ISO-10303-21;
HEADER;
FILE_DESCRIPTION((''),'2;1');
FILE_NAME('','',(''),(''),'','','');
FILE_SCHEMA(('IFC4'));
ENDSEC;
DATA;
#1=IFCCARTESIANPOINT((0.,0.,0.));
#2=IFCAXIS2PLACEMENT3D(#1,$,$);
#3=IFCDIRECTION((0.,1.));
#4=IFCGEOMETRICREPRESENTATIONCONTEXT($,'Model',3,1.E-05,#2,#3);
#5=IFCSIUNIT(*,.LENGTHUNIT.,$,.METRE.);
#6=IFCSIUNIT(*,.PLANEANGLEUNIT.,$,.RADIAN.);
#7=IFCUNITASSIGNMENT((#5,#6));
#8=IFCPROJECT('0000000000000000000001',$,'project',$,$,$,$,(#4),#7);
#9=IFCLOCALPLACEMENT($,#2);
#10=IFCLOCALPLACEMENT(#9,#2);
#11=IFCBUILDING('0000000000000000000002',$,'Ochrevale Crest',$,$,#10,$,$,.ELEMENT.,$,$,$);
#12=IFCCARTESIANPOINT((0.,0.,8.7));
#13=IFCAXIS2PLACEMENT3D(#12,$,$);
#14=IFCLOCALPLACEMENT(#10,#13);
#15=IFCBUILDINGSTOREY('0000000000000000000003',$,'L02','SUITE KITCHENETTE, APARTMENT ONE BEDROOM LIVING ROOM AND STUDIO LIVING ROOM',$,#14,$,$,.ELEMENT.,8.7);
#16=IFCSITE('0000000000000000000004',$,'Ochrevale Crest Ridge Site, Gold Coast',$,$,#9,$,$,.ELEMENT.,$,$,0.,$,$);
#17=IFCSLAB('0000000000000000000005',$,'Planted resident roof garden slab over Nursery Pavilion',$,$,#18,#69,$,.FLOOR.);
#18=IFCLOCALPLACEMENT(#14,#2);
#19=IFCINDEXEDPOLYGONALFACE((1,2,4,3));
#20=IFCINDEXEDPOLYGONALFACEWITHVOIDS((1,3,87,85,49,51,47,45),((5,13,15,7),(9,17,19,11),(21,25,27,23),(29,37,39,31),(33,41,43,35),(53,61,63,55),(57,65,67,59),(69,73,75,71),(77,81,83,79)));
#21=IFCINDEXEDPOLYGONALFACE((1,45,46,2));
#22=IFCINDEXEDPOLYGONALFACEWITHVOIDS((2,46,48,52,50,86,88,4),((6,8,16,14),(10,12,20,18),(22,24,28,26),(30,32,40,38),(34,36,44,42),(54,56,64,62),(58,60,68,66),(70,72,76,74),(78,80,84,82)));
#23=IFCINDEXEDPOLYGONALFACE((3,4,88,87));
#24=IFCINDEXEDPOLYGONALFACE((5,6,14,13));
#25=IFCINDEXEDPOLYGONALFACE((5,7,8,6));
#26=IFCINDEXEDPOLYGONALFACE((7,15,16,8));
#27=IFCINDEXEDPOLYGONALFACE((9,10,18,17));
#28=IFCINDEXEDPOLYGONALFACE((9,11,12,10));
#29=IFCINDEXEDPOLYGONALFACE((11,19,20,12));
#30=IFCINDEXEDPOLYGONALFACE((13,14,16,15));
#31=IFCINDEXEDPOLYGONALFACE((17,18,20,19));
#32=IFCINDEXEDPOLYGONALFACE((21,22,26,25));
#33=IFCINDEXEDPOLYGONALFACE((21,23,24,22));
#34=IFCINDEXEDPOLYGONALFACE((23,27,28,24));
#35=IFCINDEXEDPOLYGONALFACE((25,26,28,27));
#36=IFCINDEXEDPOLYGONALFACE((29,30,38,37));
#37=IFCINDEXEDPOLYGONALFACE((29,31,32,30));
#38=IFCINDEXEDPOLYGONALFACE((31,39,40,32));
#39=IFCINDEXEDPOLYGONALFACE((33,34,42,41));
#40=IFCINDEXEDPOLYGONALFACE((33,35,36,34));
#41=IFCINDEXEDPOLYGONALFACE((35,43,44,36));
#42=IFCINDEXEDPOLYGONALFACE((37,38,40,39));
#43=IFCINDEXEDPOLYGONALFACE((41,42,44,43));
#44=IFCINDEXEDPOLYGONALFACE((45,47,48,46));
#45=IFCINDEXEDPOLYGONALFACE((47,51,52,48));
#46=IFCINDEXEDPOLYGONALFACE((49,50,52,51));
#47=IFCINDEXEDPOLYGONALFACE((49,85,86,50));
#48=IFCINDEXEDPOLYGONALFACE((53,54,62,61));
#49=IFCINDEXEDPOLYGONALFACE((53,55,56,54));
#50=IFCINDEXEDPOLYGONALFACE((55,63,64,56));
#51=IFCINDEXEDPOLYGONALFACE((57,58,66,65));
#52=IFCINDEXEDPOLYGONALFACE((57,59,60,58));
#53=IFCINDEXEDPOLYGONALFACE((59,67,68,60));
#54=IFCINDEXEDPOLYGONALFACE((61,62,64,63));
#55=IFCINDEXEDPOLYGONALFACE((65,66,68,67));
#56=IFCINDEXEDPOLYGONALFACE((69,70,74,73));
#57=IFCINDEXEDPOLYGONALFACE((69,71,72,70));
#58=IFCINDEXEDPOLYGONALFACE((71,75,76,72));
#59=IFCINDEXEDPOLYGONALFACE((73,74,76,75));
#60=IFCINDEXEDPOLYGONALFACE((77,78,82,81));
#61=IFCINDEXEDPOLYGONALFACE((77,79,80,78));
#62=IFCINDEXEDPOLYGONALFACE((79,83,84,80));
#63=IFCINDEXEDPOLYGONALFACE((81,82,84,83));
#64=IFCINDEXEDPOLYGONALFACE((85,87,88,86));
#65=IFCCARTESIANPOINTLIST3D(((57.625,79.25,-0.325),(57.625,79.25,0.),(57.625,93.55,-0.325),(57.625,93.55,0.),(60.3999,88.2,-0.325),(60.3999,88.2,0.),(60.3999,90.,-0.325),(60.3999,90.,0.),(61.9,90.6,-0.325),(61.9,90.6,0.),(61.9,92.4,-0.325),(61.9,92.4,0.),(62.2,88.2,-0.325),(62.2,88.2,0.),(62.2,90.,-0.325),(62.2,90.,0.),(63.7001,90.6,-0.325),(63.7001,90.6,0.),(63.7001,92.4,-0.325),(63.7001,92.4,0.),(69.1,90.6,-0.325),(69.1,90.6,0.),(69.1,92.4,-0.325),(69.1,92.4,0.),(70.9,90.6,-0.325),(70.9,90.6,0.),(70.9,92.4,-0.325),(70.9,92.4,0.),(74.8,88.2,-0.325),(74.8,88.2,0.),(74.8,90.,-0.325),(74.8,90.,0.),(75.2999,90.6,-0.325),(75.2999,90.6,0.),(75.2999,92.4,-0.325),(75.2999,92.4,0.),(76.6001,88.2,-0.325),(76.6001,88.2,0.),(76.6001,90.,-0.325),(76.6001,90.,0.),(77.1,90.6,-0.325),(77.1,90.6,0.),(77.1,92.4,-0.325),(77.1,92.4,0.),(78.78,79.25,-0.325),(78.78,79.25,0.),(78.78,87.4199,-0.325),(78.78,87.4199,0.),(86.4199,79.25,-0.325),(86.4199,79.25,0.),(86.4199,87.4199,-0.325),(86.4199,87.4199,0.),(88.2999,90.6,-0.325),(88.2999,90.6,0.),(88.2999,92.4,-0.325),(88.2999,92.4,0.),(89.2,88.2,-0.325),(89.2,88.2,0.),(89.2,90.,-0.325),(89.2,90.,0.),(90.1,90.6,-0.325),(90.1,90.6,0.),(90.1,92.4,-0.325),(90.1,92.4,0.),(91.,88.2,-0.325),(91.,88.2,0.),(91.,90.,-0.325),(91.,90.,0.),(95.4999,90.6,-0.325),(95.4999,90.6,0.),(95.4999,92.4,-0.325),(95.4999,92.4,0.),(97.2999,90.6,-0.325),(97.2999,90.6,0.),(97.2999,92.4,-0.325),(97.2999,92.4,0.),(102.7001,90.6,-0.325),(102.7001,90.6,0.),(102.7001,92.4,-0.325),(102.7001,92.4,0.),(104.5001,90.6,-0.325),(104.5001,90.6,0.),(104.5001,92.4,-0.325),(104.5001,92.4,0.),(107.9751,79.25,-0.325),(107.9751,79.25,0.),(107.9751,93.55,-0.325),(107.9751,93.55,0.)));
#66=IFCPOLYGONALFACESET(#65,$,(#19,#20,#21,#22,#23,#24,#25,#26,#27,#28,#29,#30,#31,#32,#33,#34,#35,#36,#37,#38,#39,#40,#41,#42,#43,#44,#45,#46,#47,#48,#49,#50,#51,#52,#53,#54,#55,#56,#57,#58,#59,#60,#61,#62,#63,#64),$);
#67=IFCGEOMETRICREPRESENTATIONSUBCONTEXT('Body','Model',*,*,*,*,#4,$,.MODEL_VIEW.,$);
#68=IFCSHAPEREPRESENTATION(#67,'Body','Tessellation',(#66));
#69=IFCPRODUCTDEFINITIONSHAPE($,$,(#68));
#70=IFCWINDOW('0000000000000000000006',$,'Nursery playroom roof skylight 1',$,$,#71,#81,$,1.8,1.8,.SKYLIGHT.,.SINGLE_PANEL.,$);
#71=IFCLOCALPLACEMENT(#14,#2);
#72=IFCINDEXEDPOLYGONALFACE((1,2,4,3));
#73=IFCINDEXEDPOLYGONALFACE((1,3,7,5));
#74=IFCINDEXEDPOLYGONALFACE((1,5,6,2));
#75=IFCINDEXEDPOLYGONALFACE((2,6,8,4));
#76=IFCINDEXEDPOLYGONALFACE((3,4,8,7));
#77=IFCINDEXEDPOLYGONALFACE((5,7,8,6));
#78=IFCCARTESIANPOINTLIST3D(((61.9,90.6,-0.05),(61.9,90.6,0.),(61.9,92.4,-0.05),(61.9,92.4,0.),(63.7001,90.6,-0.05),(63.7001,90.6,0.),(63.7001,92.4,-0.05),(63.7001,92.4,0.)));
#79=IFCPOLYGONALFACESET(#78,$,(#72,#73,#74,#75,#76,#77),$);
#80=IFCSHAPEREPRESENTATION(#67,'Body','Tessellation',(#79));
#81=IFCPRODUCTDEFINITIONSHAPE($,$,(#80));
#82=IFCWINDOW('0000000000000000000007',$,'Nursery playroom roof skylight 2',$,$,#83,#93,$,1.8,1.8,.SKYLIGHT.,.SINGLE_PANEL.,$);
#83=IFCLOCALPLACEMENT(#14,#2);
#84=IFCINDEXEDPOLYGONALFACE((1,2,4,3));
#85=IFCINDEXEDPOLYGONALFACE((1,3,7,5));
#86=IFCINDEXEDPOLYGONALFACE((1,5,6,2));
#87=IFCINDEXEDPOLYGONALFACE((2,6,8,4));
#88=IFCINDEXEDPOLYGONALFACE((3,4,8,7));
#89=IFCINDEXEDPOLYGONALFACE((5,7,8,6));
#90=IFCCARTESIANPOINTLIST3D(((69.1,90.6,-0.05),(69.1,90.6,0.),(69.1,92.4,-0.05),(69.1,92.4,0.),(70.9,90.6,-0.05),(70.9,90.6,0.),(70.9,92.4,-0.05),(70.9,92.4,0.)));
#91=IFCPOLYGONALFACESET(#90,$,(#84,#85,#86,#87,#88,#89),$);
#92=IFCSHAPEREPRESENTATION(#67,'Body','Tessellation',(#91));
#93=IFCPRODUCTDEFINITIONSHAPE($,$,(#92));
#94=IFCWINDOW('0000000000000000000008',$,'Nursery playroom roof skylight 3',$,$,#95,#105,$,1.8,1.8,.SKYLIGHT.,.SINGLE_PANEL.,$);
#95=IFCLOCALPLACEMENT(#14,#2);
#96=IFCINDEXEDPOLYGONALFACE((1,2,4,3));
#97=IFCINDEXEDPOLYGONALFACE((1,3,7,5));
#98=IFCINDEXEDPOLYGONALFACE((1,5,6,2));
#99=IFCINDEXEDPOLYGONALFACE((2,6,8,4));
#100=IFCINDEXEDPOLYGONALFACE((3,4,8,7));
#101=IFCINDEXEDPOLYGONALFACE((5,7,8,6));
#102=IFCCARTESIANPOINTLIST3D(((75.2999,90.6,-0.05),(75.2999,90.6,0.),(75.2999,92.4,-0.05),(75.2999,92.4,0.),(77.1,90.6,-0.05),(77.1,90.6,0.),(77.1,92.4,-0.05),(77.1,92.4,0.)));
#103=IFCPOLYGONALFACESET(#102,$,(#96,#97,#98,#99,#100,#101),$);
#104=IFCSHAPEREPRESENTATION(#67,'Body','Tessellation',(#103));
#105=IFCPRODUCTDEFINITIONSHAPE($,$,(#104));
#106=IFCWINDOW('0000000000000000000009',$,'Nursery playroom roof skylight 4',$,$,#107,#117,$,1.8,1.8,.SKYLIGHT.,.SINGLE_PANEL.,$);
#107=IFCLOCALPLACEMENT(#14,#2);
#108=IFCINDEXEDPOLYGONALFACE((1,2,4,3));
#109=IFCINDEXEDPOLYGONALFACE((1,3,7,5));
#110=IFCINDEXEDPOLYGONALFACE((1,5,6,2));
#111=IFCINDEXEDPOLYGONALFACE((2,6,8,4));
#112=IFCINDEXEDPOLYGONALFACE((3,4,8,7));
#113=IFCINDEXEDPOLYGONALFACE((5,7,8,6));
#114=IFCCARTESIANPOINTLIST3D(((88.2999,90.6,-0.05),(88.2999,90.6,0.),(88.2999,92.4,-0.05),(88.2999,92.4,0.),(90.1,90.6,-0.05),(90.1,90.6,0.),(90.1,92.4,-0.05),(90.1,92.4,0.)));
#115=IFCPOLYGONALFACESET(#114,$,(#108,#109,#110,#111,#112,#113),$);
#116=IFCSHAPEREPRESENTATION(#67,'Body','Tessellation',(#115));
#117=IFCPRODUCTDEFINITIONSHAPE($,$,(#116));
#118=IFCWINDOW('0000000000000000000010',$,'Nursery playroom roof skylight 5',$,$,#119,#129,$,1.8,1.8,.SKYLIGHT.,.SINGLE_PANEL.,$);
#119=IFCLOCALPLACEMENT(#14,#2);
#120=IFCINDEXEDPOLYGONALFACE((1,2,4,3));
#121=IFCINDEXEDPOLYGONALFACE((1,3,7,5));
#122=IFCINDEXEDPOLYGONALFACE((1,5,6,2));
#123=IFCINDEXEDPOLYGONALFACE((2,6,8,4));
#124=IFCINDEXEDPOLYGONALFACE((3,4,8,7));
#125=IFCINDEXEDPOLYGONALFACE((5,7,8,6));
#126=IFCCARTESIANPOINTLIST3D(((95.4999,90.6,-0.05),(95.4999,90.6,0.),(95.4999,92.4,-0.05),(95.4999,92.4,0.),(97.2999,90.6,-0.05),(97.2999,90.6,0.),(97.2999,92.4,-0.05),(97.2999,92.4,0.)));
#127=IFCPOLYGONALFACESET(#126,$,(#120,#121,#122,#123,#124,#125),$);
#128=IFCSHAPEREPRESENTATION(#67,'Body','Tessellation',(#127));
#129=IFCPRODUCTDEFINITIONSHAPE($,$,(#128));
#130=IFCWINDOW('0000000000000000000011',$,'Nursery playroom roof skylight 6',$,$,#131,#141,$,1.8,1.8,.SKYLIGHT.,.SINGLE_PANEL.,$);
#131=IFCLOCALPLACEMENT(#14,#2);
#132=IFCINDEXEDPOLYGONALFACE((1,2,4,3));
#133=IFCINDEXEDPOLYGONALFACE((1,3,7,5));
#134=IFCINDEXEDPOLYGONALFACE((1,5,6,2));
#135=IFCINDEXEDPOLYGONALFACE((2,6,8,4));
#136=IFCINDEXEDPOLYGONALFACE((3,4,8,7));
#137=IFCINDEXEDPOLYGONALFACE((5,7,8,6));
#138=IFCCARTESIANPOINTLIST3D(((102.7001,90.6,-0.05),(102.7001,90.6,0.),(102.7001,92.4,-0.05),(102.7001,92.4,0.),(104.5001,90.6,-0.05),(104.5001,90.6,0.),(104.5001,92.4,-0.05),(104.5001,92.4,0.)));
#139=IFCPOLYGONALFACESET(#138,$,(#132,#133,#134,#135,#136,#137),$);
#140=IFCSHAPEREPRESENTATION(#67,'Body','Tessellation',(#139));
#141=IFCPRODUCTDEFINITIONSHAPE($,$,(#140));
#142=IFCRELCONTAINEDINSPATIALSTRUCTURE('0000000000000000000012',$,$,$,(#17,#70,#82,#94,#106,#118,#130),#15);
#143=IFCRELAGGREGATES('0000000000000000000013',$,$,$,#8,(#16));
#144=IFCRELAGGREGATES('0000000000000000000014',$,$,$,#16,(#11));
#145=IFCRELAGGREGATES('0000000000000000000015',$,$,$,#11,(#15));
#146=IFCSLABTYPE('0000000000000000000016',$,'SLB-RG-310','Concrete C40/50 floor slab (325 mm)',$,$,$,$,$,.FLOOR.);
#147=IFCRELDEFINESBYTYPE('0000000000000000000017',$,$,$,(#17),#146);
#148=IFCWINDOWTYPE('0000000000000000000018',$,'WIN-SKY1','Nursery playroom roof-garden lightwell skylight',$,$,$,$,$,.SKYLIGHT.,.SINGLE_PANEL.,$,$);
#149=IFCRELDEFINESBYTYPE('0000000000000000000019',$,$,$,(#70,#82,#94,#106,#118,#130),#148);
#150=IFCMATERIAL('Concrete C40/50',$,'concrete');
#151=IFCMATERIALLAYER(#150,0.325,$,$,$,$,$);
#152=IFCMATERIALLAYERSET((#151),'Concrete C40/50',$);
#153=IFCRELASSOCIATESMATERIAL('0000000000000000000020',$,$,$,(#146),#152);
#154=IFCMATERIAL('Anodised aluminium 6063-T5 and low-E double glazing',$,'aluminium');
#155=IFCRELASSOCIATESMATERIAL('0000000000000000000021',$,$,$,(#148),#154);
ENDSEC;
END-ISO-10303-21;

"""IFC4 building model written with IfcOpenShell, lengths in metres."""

from ifc_helpers import new_model, si_unit, direction, frame, origin, origin_2d, place, context, subcontext, project, spatial, polyline, rectangle, outline, extrude, material, layer, layer_set, type_object, element, fill, save


model = new_model("IFC4")

# Units and contexts
model_context = context("Model", 3, precision=1e-05, world=origin(), true_north=direction((0.0, 1.0)))
body_context = subcontext(model_context, "Body", "Model", "MODEL_VIEW")
ifc_project = project(units=[si_unit("LENGTHUNIT", "METRE"), si_unit("PLANEANGLEUNIT", "RADIAN")], contexts=[model_context])

# Site, building, storey
site_placement = place(None, origin())
site = spatial("IfcSite", under=ifc_project, at=site_placement, Name="Ochrevale Crest Ridge Site, Gold Coast", CompositionType="ELEMENT", RefElevation=0.0)
building_placement = place(site_placement, origin())
building = spatial("IfcBuilding", under=site, at=building_placement, Name="Ochrevale Crest", CompositionType="ELEMENT")
storey_placement = place(building_placement, frame((0.0, 0.0, 8.7)))
storey = spatial("IfcBuildingStorey", under=building, at=storey_placement, Name="L02", Description="SUITE KITCHENETTE, APARTMENT ONE BEDROOM LIVING ROOM AND STUDIO LIVING ROOM", CompositionType="ELEMENT", Elevation=8.7)

# Slab, openings, windows
ifc_material_1 = material(Name="Concrete C40/50", Category="concrete")
ifc_layer_1 = layer(ifc_material_1, 0.325)
ifc_layer_set_1 = layer_set([ifc_layer_1], Name="Concrete C40/50")
slab_type_1 = type_object("IfcSlabType", Name="SLB-RG-310", Description="Concrete C40/50 floor slab (325 mm)", PredefinedType="FLOOR", material=ifc_layer_set_1)
slab_1_placement = place(storey_placement, frame((0.0, 0.0, -0.325)))
slab_1 = element("IfcSlab", 1, at=slab_1_placement, inside=storey, type_object=slab_type_1, Name="Planted resident roof garden slab over Nursery Pavilion", PredefinedType="FLOOR", context=body_context, shape_type="SweptSolid", body=[
    extrude(outline(polyline([(57.625, 79.25), (78.78, 79.25), (78.78, 87.4199), (86.4199, 87.4199), (86.4199, 79.25), (107.9751, 79.25), (107.9751, 93.55), (57.625, 93.55), (57.625, 79.25)]), holes=[polyline([(60.3999, 88.2), (62.2, 88.2), (62.2, 90.0), (60.3999, 90.0), (60.3999, 88.2)]), polyline([(74.8, 88.2), (76.6001, 88.2), (76.6001, 90.0), (74.8, 90.0), (74.8, 88.2)]), polyline([(89.2, 88.2), (91.0, 88.2), (91.0, 90.0), (89.2, 90.0), (89.2, 88.2)])]), origin(), (0.0, 0.0, 1.0), 0.325),
])
opening_1_placement = place(slab_1_placement, frame((62.8, 91.5, -0.01)))
opening_1 = element("IfcOpeningElement", 2, at=opening_1_placement, cuts=slab_1, PredefinedType="OPENING", context=body_context, shape_type="SweptSolid", body=[
    extrude(rectangle(XDim=1.8, YDim=1.8, at=origin_2d()), origin(), (0.0, 0.0, 1.0), 0.345),
])
opening_2_placement = place(slab_1_placement, frame((70.0, 91.5, -0.01)))
opening_2 = element("IfcOpeningElement", 3, at=opening_2_placement, cuts=slab_1, PredefinedType="OPENING", context=body_context, shape_type="SweptSolid", body=[
    extrude(rectangle(XDim=1.8, YDim=1.8, at=origin_2d()), origin(), (0.0, 0.0, 1.0), 0.345),
])
opening_3_placement = place(slab_1_placement, frame((76.2, 91.5, -0.01)))
opening_3 = element("IfcOpeningElement", 4, at=opening_3_placement, cuts=slab_1, PredefinedType="OPENING", context=body_context, shape_type="SweptSolid", body=[
    extrude(rectangle(XDim=1.8, YDim=1.8, at=origin_2d()), origin(), (0.0, 0.0, 1.0), 0.345),
])
opening_4_placement = place(slab_1_placement, frame((89.2, 91.5, -0.01)))
opening_4 = element("IfcOpeningElement", 5, at=opening_4_placement, cuts=slab_1, PredefinedType="OPENING", context=body_context, shape_type="SweptSolid", body=[
    extrude(rectangle(XDim=1.8, YDim=1.8, at=origin_2d()), origin(), (0.0, 0.0, 1.0), 0.345),
])
opening_5_placement = place(slab_1_placement, frame((96.3999, 91.5, -0.01)))
opening_5 = element("IfcOpeningElement", 6, at=opening_5_placement, cuts=slab_1, PredefinedType="OPENING", context=body_context, shape_type="SweptSolid", body=[
    extrude(rectangle(XDim=1.8, YDim=1.8, at=origin_2d()), origin(), (0.0, 0.0, 1.0), 0.345),
])
opening_6_placement = place(slab_1_placement, frame((103.6001, 91.5, -0.01)))
opening_6 = element("IfcOpeningElement", 7, at=opening_6_placement, cuts=slab_1, PredefinedType="OPENING", context=body_context, shape_type="SweptSolid", body=[
    extrude(rectangle(XDim=1.8, YDim=1.8, at=origin_2d()), origin(), (0.0, 0.0, 1.0), 0.345),
])
ifc_material_2 = material(Name="Anodised aluminium 6063-T5 and low-E double glazing", Category="aluminium")
window_type = type_object("IfcWindowType", Name="WIN-SKY1", Description="Nursery playroom roof-garden lightwell skylight", PartitioningType="SINGLE_PANEL", PredefinedType="SKYLIGHT", material=ifc_material_2)
window_1_placement = place(slab_1_placement, frame((62.8, 91.5, 0.2749)))
window_1 = element("IfcWindow", 8, at=window_1_placement, inside=storey, type_object=window_type, Name="Nursery playroom roof skylight 1", OverallHeight=1.8, OverallWidth=1.8, PartitioningType="SINGLE_PANEL", PredefinedType="SKYLIGHT", context=body_context, shape_type="SweptSolid", body=[
    extrude(rectangle(XDim=1.8, YDim=1.8, at=origin_2d()), origin(), (0.0, 0.0, 1.0), 0.05),
])
fill(opening_1, window_1)
window_2_placement = place(slab_1_placement, frame((70.0, 91.5, 0.2749)))
window_2 = element("IfcWindow", 9, at=window_2_placement, inside=storey, type_object=window_type, Name="Nursery playroom roof skylight 2", OverallHeight=1.8, OverallWidth=1.8, PartitioningType="SINGLE_PANEL", PredefinedType="SKYLIGHT", context=body_context, shape_type="SweptSolid", body=[
    extrude(rectangle(XDim=1.8, YDim=1.8, at=origin_2d()), origin(), (0.0, 0.0, 1.0), 0.05),
])
fill(opening_2, window_2)
window_3_placement = place(slab_1_placement, frame((76.2, 91.5, 0.2749)))
window_3 = element("IfcWindow", 10, at=window_3_placement, inside=storey, type_object=window_type, Name="Nursery playroom roof skylight 3", OverallHeight=1.8, OverallWidth=1.8, PartitioningType="SINGLE_PANEL", PredefinedType="SKYLIGHT", context=body_context, shape_type="SweptSolid", body=[
    extrude(rectangle(XDim=1.8, YDim=1.8, at=origin_2d()), origin(), (0.0, 0.0, 1.0), 0.05),
])
fill(opening_3, window_3)
window_4_placement = place(slab_1_placement, frame((89.2, 91.5, 0.2749)))
window_4 = element("IfcWindow", 11, at=window_4_placement, inside=storey, type_object=window_type, Name="Nursery playroom roof skylight 4", OverallHeight=1.8, OverallWidth=1.8, PartitioningType="SINGLE_PANEL", PredefinedType="SKYLIGHT", context=body_context, shape_type="SweptSolid", body=[
    extrude(rectangle(XDim=1.8, YDim=1.8, at=origin_2d()), origin(), (0.0, 0.0, 1.0), 0.05),
])
fill(opening_4, window_4)
window_5_placement = place(slab_1_placement, frame((96.3999, 91.5, 0.2749)))
window_5 = element("IfcWindow", 12, at=window_5_placement, inside=storey, type_object=window_type, Name="Nursery playroom roof skylight 5", OverallHeight=1.8, OverallWidth=1.8, PartitioningType="SINGLE_PANEL", PredefinedType="SKYLIGHT", context=body_context, shape_type="SweptSolid", body=[
    extrude(rectangle(XDim=1.8, YDim=1.8, at=origin_2d()), origin(), (0.0, 0.0, 1.0), 0.05),
])
fill(opening_5, window_5)
window_6_placement = place(slab_1_placement, frame((103.6001, 91.5, 0.2749)))
window_6 = element("IfcWindow", 13, at=window_6_placement, inside=storey, type_object=window_type, Name="Nursery playroom roof skylight 6", OverallHeight=1.8, OverallWidth=1.8, PartitioningType="SINGLE_PANEL", PredefinedType="SKYLIGHT", context=body_context, shape_type="SweptSolid", body=[
    extrude(rectangle(XDim=1.8, YDim=1.8, at=origin_2d()), origin(), (0.0, 0.0, 1.0), 0.05),
])
fill(opening_6, window_6)

save(model, "model.ifc")
